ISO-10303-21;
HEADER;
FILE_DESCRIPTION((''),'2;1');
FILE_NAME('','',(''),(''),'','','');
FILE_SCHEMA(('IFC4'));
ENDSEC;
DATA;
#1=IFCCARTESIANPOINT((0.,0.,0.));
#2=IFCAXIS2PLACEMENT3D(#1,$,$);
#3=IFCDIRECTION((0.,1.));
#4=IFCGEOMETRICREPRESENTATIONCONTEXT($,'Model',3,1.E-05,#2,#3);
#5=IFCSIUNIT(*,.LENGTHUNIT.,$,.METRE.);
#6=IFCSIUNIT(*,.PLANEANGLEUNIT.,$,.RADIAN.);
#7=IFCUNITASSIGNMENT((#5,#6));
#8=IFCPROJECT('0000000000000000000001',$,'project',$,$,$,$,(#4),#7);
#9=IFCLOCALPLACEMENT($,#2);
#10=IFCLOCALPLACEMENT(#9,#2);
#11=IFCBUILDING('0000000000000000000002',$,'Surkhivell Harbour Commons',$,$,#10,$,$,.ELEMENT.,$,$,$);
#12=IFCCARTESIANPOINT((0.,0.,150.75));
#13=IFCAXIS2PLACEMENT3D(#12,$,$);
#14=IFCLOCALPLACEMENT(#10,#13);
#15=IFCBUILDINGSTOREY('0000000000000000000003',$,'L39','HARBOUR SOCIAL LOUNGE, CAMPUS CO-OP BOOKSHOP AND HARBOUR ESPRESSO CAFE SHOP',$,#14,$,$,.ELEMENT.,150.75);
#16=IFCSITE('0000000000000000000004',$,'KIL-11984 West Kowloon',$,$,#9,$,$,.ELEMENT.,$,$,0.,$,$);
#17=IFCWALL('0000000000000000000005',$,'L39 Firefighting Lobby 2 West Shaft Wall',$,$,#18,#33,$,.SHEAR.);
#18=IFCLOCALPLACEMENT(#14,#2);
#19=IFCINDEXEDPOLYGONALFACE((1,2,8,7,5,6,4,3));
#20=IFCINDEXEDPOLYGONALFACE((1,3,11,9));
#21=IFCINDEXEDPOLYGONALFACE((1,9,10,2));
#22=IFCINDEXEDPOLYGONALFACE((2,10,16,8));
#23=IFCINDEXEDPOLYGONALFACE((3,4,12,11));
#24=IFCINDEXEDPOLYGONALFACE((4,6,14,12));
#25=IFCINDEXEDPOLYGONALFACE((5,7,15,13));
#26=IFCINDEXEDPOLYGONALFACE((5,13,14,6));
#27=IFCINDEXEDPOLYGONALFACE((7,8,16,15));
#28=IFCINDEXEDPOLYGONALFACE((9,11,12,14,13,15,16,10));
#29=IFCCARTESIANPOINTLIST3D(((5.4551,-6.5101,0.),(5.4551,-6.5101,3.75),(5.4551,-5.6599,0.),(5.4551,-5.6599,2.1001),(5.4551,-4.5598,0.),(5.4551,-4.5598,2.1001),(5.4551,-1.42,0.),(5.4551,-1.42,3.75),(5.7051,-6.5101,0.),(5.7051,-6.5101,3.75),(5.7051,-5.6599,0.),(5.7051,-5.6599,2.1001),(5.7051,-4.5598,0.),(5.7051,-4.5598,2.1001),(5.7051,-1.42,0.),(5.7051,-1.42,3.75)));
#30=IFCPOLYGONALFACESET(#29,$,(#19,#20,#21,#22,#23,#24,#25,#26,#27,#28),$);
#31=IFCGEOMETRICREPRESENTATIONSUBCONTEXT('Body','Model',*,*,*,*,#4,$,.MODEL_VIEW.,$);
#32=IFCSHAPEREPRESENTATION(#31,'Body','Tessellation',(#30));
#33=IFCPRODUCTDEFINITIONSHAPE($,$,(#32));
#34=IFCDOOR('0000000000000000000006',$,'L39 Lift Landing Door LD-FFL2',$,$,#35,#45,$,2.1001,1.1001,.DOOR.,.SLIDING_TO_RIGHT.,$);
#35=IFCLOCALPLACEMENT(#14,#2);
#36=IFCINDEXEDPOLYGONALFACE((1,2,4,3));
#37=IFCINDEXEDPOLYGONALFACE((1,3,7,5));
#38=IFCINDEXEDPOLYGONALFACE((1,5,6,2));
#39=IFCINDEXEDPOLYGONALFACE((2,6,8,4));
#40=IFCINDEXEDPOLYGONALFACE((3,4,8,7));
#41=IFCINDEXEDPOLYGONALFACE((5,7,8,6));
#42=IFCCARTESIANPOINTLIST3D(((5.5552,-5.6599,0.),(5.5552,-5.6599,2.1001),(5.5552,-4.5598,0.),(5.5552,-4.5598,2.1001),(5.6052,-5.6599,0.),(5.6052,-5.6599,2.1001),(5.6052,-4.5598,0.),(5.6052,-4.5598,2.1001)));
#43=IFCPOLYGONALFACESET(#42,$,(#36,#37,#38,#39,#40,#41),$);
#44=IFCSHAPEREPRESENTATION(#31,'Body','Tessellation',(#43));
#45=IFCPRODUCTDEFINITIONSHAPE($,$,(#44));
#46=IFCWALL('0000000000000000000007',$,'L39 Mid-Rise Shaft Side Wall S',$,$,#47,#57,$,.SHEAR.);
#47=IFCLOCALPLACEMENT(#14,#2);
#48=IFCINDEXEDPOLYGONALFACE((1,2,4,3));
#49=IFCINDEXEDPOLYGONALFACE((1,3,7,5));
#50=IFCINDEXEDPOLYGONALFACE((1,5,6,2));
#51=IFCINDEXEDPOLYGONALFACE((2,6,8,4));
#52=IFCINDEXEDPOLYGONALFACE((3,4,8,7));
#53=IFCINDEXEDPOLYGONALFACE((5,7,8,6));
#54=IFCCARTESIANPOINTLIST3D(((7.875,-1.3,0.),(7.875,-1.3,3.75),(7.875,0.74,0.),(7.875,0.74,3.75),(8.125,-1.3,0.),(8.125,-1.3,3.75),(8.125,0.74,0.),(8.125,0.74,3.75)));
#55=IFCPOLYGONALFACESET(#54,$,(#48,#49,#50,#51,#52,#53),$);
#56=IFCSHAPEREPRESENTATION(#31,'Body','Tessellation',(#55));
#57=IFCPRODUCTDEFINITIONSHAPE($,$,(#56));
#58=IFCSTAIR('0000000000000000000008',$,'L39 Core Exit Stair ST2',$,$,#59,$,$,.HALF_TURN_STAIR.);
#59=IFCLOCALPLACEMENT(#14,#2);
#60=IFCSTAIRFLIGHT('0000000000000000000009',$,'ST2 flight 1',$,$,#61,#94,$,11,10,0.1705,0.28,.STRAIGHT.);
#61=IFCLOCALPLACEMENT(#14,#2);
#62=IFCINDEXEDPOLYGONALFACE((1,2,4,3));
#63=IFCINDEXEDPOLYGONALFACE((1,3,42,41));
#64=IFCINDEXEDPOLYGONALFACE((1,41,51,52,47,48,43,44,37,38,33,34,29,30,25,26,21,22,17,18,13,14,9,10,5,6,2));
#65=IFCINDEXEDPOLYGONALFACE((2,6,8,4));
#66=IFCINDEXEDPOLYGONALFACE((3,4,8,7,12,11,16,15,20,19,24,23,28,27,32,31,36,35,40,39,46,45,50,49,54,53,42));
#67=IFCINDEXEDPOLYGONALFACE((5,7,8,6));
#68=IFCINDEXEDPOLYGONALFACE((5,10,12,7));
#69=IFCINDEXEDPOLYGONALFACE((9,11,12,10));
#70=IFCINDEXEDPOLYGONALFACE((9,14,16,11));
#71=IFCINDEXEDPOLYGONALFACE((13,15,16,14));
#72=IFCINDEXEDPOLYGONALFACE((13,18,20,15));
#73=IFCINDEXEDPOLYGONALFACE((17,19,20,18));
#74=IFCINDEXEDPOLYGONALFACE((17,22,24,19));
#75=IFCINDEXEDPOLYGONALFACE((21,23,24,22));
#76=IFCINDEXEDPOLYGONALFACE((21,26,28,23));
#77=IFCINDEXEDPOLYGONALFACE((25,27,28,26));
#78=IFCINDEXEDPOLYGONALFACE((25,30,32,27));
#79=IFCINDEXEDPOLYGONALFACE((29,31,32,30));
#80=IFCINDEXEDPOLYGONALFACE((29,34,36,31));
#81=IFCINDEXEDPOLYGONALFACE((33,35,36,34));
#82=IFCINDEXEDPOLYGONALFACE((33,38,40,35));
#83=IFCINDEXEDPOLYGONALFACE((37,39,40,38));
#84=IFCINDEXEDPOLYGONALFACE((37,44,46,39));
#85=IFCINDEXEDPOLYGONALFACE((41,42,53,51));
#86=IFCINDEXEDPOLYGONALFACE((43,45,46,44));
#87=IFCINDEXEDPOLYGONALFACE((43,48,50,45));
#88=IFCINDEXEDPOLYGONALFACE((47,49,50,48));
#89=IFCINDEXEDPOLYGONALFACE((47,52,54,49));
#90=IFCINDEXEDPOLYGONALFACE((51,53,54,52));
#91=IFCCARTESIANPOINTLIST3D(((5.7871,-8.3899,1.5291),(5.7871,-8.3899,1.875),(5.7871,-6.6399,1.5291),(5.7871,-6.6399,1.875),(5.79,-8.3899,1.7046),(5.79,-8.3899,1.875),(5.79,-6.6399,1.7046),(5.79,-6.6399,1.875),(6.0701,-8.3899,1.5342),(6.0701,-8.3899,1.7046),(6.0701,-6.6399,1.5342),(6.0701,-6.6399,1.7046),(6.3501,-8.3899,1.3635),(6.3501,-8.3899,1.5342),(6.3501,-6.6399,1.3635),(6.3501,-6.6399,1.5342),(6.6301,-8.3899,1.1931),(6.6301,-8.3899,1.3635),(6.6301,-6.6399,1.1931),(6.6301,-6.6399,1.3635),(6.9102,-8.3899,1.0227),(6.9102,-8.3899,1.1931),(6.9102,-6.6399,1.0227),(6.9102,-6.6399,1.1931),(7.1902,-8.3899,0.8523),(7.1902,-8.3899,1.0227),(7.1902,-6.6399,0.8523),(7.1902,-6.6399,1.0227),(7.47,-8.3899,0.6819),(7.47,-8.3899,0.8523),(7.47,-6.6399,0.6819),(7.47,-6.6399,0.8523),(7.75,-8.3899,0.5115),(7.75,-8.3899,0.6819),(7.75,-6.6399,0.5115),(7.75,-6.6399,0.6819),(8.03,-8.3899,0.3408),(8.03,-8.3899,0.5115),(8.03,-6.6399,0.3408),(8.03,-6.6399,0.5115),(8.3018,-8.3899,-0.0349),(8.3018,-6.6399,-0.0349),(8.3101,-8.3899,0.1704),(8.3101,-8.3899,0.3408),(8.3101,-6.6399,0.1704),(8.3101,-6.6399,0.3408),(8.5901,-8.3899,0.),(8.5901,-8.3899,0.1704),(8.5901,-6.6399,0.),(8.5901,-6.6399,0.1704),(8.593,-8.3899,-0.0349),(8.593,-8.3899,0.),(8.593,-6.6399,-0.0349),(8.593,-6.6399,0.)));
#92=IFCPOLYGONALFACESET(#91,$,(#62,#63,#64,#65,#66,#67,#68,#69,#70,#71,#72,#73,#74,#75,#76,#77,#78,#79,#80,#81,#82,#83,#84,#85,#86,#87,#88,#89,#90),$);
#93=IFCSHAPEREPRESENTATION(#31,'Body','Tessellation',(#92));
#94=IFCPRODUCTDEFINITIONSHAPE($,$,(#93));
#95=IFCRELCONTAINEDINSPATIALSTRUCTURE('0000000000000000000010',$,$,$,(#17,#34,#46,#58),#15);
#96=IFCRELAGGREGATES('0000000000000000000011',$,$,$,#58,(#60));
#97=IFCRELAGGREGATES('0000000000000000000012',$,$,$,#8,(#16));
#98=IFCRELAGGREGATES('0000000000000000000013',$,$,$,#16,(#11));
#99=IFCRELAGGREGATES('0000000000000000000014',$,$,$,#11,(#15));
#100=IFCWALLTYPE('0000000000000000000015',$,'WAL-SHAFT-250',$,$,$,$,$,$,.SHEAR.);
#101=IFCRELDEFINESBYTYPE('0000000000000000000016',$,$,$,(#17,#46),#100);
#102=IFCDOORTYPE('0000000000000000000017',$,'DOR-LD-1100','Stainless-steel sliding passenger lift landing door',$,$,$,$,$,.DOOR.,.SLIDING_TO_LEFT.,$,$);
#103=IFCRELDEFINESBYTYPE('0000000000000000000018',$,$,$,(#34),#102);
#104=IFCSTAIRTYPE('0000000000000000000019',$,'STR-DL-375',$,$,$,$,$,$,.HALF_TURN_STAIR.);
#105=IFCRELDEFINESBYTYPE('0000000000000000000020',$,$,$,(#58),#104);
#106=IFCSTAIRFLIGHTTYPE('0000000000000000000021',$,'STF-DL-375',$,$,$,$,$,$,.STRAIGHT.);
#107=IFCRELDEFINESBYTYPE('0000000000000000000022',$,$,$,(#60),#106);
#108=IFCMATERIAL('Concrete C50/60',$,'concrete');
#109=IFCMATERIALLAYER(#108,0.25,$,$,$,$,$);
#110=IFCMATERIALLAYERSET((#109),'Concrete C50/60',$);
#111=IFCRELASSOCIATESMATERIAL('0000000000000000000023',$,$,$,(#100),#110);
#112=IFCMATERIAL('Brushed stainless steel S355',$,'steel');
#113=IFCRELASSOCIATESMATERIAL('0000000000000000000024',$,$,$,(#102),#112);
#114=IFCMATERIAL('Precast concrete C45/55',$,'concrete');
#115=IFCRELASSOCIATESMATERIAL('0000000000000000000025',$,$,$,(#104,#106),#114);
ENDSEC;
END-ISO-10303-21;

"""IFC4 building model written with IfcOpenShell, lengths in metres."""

from ifc_helpers import new_model, si_unit, direction, frame, frame_2d, origin, place, context, subcontext, project, spatial, polyline, rectangle, outline, extrude, material, layer, layer_set, type_object, element, fill, aggregate, save


model = new_model("IFC4")

# Units and contexts
model_context = context("Model", 3, precision=1e-05, world=origin(), true_north=direction((0.0, 1.0)))
body_context = subcontext(model_context, "Body", "Model", "MODEL_VIEW")
ifc_project = project(units=[si_unit("LENGTHUNIT", "METRE"), si_unit("PLANEANGLEUNIT", "RADIAN")], contexts=[model_context])

# Site, building, storey
site_placement = place(None, origin())
site = spatial("IfcSite", under=ifc_project, at=site_placement, Name="KIL-11984 West Kowloon", CompositionType="ELEMENT", RefElevation=0.0)
building_placement = place(site_placement, origin())
building = spatial("IfcBuilding", under=site, at=building_placement, Name="Surkhivell Harbour Commons", CompositionType="ELEMENT")
storey_placement = place(building_placement, frame((0.0, 0.0, 150.75)))
storey = spatial("IfcBuildingStorey", under=building, at=storey_placement, Name="L39", Description="HARBOUR SOCIAL LOUNGE, CAMPUS CO-OP BOOKSHOP AND HARBOUR ESPRESSO CAFE SHOP", CompositionType="ELEMENT", Elevation=150.75)

# Wall, opening, door
ifc_material_1 = material(Name="Concrete C50/60", Category="concrete")
ifc_layer_1 = layer(ifc_material_1, 0.25)
ifc_layer_set_1 = layer_set([ifc_layer_1], Name="Concrete C50/60")
wall_type_1 = type_object("IfcWallType", Name="WAL-SHAFT-250", PredefinedType="SHEAR", material=ifc_layer_set_1)
wall_1_placement = place(storey_placement, frame((5.5801, -6.51, 0.0), z_axis=(0.0, 0.0, 1.0), x_axis=(0.0, 1.0, 0.0)))
wall_1 = element("IfcWall", 1, at=wall_1_placement, inside=storey, type_object=wall_type_1, Name="L39 Firefighting Lobby 2 West Shaft Wall", PredefinedType="SHEAR", context=body_context, shape_type="SweptSolid", body=[
    extrude(rectangle(XDim=5.0901, YDim=0.25, at=frame_2d((2.5449, 0.0))), origin(), (0.0, 0.0, 1.0), 3.75),
])
opening_1_placement = place(wall_1_placement, frame((0.8501, 0.0, 0.0)))
opening_1 = element("IfcOpeningElement", 2, at=opening_1_placement, cuts=wall_1, PredefinedType="OPENING", context=body_context, shape_type="SweptSolid", body=[
    extrude(rectangle(XDim=1.1001, YDim=2.1001, at=frame_2d((0.55, 1.05))), frame((0.0, 0.135, 0.0), z_axis=(0.0, -1.0, 0.0), x_axis=(1.0, 0.0, 0.0)), (0.0, 0.0, 1.0), 0.27),
])
ifc_material_2 = material(Name="Brushed stainless steel S355", Category="steel")
door_type_1 = type_object("IfcDoorType", Name="DOR-LD-1100", Description="Stainless-steel sliding passenger lift landing door", OperationType="SLIDING_TO_LEFT", PredefinedType="DOOR", material=ifc_material_2)
door_1_placement = place(opening_1_placement, origin())
door_1 = element("IfcDoor", 3, at=door_1_placement, inside=storey, type_object=door_type_1, Name="L39 Lift Landing Door LD-FFL2", OperationType="SLIDING_TO_RIGHT", OverallHeight=2.1001, OverallWidth=1.1001, PredefinedType="DOOR", context=body_context, shape_type="SweptSolid", body=[
    extrude(rectangle(XDim=1.1001, YDim=2.1001, at=frame_2d((0.55, 1.05))), frame((0.0, 0.0249, 0.0), z_axis=(0.0, -1.0, 0.0), x_axis=(1.0, 0.0, 0.0)), (0.0, 0.0, 1.0), 0.05),
])
fill(opening_1, door_1)

# Wall
wall_2_placement = place(storey_placement, frame((8.0, -1.3, 0.0), z_axis=(0.0, 0.0, 1.0), x_axis=(0.0, 1.0, 0.0)))
element("IfcWall", 4, at=wall_2_placement, inside=storey, type_object=wall_type_1, Name="L39 Mid-Rise Shaft Side Wall S", PredefinedType="SHEAR", context=body_context, shape_type="SweptSolid", body=[
    extrude(rectangle(XDim=2.04, YDim=0.25, at=frame_2d((1.02, 0.0))), origin(), (0.0, 0.0, 1.0), 3.75),
])

# Stair, stair flight
ifc_material_3 = material(Name="Precast concrete C45/55", Category="concrete")
stair_type = type_object("IfcStairType", Name="STR-DL-375", PredefinedType="HALF_TURN_STAIR", material=ifc_material_3)
stair_placement = place(storey_placement, origin())
stair = element("IfcStair", 5, at=stair_placement, inside=storey, type_object=stair_type, Name="L39 Core Exit Stair ST2", PredefinedType="HALF_TURN_STAIR")
stair_flight_type = type_object("IfcStairFlightType", Name="STF-DL-375", PredefinedType="STRAIGHT", material=ifc_material_3)
stair_flight_placement = place(storey_placement, frame((8.5901, -7.5149, 0.0), z_axis=(0.0, 0.0, 1.0), x_axis=(-1.0, 0.0, 0.0)))
stair_flight = element("IfcStairFlight", 6, at=stair_flight_placement, type_object=stair_flight_type, Name="ST2 flight 1", NumberOfRisers=11, NumberOfTreads=10, PredefinedType="STRAIGHT", RiserHeight=0.1705, TreadLength=0.28, context=body_context, shape_type="SweptSolid", body=[
    extrude(outline(polyline([(-0.0029, -0.0349), (-0.0029, 0.0), (0.0, 0.0), (0.0, 0.1704), (0.28, 0.1704), (0.28, 0.3408), (0.5601, 0.3408), (0.5601, 0.5115), (0.8401, 0.5115), (0.8401, 0.6819), (1.1201, 0.6819), (1.1201, 0.8523), (1.3999, 0.8523), (1.3999, 1.0227), (1.6799, 1.0227), (1.6799, 1.1931), (1.96, 1.1931), (1.96, 1.3635), (2.24, 1.3635), (2.24, 1.5342), (2.52, 1.5342), (2.52, 1.7046), (2.8, 1.7046), (2.8, 1.875), (2.803, 1.875), (2.803, 1.5291), (0.2883, -0.0349), (-0.0029, -0.0349)])), frame((0.0, 0.875, 0.0), z_axis=(0.0, -1.0, 0.0), x_axis=(1.0, 0.0, 0.0)), (0.0, 0.0, 1.0), 1.75),
])
aggregate(stair, [stair_flight])

save(model, "model.ifc")
